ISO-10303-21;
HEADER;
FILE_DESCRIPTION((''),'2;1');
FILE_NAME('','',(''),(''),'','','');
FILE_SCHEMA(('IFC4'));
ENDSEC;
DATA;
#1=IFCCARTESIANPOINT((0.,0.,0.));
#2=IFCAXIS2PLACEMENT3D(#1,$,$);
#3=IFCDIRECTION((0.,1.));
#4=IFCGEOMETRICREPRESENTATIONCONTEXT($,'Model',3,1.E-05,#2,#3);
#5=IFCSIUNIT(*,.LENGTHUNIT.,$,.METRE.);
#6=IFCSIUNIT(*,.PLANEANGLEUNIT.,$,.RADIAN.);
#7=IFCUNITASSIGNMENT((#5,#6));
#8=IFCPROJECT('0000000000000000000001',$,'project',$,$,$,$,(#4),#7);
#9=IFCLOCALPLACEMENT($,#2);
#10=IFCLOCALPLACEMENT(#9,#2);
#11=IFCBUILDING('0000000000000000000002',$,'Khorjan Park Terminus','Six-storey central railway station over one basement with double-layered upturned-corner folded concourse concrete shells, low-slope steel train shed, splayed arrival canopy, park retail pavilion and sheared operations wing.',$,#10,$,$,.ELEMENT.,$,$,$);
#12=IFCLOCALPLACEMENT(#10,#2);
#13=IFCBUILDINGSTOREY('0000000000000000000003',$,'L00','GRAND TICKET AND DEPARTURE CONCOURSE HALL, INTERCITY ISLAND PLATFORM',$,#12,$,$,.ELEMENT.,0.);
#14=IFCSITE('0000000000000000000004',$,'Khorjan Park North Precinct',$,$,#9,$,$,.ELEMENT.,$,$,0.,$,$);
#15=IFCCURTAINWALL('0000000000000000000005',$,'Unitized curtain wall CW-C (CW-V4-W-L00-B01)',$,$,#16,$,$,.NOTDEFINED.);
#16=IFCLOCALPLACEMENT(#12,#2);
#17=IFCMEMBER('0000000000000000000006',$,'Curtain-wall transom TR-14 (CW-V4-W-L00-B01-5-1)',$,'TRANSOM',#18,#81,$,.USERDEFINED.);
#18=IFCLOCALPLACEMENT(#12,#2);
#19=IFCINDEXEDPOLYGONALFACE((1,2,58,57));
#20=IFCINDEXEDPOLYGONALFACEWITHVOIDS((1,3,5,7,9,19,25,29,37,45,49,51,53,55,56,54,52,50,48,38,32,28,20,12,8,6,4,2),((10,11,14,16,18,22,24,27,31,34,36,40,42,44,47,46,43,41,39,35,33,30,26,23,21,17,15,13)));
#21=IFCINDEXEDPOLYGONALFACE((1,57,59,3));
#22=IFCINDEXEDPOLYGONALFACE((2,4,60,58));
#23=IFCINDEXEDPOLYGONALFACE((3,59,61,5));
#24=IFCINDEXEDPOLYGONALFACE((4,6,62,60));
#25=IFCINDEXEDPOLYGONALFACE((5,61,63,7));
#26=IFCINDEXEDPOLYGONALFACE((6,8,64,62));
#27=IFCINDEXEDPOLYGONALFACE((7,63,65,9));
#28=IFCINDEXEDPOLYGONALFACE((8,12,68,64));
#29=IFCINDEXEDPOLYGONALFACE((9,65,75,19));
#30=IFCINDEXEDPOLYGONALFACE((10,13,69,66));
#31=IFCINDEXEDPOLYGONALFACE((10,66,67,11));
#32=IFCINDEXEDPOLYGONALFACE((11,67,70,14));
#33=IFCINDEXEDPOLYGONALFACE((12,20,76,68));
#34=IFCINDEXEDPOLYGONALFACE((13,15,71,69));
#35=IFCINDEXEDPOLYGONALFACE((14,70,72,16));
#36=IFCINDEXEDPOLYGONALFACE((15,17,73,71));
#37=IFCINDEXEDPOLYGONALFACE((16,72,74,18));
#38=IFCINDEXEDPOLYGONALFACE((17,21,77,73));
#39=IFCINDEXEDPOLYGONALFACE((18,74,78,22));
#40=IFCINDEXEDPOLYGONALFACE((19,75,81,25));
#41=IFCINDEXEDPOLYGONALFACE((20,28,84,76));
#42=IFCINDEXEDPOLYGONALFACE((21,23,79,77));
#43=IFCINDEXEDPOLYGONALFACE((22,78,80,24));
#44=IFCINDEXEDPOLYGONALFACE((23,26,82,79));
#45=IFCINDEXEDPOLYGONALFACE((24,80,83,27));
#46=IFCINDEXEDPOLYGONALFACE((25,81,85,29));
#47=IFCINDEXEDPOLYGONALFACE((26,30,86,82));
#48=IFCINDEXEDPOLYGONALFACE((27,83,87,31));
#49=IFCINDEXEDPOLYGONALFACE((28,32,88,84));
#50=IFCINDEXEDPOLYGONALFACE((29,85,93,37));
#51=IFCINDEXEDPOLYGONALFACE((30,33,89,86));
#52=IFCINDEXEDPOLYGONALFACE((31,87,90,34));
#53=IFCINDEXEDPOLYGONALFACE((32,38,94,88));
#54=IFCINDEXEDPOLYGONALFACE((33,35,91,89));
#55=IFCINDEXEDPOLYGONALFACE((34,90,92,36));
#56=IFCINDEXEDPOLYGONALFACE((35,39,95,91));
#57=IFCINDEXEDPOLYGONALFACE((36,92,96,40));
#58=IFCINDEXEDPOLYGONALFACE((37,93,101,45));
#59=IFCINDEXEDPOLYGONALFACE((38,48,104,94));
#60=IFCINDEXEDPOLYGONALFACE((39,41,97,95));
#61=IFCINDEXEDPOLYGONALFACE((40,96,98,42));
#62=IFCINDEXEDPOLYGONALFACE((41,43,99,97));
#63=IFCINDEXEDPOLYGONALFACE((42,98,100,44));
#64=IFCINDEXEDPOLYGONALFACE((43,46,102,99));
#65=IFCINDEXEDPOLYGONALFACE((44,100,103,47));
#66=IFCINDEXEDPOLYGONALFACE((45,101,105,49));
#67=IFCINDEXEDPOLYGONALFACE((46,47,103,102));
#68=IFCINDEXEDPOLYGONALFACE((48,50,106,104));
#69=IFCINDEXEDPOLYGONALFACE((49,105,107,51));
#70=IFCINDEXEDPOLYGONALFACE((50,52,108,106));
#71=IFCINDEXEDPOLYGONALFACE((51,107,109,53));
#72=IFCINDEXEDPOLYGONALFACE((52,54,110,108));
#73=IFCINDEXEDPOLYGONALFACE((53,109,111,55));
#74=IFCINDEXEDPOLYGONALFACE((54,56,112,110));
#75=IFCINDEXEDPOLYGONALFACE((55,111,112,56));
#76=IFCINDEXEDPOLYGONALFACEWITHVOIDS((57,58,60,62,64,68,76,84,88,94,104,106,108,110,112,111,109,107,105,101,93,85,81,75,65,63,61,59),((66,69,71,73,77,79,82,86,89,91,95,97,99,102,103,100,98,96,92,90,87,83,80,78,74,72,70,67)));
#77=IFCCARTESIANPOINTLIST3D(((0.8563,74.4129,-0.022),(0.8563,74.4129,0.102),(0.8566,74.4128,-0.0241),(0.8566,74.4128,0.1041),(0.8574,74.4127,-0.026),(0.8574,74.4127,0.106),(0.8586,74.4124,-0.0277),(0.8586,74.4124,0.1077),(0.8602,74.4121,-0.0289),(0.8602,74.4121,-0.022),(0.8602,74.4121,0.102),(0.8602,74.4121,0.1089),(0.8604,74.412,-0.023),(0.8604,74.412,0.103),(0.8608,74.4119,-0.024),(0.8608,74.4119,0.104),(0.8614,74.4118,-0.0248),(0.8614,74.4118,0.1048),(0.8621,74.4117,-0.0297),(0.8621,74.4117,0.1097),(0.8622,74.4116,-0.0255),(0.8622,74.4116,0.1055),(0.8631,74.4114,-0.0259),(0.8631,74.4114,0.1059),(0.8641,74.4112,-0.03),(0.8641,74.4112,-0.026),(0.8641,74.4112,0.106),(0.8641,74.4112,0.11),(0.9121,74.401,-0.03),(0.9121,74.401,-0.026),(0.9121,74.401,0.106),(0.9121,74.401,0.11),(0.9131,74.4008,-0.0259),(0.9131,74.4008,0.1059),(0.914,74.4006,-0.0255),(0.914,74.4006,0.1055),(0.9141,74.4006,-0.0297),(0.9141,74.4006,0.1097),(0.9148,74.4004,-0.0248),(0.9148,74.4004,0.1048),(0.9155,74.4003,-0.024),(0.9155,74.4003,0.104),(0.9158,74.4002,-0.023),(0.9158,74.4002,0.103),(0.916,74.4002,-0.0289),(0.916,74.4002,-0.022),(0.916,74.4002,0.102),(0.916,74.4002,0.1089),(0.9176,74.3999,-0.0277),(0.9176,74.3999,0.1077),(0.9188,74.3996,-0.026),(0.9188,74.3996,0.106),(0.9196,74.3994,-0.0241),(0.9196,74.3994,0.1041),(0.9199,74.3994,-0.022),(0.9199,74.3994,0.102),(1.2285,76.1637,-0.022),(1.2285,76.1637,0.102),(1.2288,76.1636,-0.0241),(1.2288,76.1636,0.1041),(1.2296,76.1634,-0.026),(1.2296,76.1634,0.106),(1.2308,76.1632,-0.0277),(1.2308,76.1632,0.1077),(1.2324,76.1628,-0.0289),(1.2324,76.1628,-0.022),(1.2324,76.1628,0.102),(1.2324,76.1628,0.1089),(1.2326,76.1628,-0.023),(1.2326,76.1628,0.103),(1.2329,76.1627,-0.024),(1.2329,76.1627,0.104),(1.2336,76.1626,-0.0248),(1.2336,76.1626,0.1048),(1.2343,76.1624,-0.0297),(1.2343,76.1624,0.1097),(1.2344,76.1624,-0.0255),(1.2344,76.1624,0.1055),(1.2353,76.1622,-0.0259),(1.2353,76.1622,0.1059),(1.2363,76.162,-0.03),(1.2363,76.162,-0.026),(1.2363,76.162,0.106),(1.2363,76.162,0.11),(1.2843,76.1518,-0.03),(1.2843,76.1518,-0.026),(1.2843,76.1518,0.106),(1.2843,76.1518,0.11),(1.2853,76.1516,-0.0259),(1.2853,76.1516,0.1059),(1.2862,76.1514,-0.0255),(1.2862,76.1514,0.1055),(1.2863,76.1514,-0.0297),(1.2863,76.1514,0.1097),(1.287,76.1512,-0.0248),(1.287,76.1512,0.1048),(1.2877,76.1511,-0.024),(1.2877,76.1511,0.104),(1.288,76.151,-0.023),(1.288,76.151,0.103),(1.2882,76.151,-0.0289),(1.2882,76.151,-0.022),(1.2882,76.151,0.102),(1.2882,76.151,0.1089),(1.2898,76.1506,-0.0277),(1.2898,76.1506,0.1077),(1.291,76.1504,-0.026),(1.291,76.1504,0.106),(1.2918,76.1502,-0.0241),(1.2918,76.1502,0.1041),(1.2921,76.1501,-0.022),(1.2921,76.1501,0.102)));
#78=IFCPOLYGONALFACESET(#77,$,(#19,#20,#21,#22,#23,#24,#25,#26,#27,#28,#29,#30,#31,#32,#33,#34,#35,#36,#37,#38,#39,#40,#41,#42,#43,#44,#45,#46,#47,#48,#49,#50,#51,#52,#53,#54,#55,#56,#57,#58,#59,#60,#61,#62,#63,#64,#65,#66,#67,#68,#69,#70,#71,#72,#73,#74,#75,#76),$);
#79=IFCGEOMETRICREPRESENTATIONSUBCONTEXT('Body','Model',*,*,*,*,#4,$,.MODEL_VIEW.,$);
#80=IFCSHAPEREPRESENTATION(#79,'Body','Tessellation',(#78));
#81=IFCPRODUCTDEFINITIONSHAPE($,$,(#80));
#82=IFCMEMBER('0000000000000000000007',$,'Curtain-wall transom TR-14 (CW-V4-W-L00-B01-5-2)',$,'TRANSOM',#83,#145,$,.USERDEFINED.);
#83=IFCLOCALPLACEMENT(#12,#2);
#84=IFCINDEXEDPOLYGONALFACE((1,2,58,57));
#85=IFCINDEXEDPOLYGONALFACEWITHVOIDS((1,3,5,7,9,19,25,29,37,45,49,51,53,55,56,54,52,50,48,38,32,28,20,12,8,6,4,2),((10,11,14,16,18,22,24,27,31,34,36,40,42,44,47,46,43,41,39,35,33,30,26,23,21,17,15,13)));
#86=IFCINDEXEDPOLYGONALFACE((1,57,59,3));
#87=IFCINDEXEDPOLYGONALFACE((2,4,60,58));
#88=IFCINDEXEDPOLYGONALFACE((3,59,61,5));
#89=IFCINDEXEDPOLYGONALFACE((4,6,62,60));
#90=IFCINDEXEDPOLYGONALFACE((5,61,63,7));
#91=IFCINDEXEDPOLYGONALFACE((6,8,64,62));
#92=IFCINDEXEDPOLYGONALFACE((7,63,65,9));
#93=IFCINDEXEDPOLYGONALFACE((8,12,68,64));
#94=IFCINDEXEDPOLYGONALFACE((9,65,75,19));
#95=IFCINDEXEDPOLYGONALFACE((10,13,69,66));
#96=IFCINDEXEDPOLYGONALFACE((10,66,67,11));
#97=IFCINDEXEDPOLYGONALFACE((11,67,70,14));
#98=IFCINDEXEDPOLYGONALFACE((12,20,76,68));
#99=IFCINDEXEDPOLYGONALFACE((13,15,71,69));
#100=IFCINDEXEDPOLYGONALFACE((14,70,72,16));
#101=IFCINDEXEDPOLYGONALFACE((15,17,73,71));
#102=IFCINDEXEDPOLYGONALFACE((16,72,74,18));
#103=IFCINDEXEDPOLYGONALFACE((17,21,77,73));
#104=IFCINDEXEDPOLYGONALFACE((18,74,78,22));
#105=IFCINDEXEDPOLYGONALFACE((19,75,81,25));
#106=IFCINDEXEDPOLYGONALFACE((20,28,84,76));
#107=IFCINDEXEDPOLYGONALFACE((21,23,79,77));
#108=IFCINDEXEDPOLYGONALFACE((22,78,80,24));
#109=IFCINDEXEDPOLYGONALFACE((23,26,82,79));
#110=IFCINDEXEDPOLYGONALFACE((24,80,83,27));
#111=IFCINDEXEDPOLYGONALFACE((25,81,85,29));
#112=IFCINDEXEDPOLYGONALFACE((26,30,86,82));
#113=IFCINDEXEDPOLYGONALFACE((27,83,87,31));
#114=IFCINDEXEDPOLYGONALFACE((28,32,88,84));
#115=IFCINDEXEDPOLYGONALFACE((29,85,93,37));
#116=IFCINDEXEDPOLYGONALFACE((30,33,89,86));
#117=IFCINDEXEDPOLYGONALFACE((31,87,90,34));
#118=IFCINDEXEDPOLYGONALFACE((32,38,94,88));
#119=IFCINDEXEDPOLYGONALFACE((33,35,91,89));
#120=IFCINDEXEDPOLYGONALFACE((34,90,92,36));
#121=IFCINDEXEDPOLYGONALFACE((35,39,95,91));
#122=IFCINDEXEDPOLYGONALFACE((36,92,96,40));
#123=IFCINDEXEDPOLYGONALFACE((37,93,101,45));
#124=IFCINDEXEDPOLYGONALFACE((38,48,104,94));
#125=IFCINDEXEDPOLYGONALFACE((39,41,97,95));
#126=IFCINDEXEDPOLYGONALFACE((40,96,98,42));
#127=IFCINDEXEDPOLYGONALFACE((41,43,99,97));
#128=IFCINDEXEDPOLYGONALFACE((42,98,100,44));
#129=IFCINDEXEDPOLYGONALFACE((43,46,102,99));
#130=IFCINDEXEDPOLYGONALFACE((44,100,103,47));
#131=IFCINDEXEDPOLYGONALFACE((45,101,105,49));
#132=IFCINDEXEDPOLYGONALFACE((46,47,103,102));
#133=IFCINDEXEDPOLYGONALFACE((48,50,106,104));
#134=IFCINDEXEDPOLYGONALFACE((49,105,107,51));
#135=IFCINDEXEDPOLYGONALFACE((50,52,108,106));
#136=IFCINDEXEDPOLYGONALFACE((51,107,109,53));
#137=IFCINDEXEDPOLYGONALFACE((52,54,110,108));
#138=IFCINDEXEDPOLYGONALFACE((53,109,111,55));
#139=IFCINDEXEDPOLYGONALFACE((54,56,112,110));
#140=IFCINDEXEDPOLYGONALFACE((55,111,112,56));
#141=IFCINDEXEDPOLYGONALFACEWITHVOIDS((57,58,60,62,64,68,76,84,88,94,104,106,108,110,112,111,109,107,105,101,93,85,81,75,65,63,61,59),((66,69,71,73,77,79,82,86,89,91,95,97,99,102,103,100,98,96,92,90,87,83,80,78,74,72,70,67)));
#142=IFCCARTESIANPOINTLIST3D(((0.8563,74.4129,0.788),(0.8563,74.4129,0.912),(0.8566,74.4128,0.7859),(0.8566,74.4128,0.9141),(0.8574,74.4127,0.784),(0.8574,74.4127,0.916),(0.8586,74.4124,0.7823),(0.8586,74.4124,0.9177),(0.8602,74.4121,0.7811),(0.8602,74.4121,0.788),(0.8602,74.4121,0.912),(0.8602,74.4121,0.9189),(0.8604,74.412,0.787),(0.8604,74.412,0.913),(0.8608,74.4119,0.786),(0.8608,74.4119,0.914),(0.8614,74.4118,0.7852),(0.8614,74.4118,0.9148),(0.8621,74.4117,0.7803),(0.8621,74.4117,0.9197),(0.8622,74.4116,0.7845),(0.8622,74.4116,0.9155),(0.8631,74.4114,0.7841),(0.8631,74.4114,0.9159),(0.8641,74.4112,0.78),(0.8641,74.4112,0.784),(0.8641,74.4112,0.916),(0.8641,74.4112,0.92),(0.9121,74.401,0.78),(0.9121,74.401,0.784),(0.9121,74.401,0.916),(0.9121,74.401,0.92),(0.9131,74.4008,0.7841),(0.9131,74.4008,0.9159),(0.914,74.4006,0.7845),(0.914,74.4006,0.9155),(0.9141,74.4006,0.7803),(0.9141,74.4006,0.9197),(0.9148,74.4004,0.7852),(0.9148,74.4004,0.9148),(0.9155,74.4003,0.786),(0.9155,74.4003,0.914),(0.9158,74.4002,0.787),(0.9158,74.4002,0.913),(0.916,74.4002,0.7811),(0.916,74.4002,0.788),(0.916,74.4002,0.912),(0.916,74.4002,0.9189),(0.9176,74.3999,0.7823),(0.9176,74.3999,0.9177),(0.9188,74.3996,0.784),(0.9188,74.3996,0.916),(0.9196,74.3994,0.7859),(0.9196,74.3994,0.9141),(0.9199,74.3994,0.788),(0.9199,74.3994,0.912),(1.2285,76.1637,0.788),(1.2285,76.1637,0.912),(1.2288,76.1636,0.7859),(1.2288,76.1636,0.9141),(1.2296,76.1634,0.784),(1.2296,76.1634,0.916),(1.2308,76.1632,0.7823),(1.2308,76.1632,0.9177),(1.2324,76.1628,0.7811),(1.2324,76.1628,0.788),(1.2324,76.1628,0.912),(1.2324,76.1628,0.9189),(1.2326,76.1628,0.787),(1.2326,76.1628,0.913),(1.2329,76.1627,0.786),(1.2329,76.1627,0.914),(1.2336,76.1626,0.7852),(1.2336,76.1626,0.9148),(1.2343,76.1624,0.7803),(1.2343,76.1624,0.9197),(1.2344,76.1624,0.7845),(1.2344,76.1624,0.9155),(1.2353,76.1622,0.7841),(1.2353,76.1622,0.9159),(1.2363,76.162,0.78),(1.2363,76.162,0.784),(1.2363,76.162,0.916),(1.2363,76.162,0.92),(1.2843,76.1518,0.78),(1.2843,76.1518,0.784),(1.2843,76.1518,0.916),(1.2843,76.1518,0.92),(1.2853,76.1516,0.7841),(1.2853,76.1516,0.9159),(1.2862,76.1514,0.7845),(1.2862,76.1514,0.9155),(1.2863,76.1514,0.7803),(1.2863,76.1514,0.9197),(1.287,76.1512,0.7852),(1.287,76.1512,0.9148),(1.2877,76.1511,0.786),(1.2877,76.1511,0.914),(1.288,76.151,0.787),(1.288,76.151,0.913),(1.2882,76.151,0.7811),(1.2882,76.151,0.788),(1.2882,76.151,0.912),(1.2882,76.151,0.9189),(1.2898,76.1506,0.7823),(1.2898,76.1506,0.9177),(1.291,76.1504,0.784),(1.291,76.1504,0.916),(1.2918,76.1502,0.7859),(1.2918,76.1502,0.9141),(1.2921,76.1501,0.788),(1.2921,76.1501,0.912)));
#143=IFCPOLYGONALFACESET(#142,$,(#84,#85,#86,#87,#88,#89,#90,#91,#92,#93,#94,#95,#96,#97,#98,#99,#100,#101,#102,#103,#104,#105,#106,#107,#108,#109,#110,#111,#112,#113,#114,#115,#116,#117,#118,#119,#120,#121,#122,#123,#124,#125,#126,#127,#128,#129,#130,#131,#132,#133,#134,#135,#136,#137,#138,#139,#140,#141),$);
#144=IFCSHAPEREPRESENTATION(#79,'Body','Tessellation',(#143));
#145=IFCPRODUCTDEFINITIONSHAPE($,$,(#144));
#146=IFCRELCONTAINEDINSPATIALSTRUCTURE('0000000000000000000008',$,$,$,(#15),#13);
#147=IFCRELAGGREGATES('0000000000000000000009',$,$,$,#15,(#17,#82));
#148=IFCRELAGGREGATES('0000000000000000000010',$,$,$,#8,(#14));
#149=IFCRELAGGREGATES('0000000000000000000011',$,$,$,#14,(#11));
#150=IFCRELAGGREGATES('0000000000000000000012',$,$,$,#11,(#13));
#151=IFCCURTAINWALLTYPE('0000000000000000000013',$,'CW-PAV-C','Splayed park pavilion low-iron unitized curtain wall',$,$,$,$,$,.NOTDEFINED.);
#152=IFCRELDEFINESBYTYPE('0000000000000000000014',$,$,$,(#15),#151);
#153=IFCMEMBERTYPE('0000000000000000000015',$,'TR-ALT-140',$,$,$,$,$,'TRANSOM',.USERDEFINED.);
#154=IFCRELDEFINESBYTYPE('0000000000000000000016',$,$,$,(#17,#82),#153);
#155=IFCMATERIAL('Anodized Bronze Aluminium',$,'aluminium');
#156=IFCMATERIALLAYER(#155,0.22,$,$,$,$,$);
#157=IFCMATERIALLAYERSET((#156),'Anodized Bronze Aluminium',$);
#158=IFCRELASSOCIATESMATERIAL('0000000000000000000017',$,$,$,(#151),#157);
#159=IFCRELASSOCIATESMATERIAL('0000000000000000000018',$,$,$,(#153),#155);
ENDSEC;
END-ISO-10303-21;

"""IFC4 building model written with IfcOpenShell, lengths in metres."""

from ifc_helpers import new_model, si_unit, direction, frame, origin, origin_2d, place, context, subcontext, project, spatial, hollow_rectangle, extrude, material, layer, layer_set, material_profile, profile_set, type_object, element, aggregate, save


model = new_model("IFC4")

# Units and contexts
model_context = context("Model", 3, precision=1e-05, world=origin(), true_north=direction((0.0, 1.0)))
body_context = subcontext(model_context, "Body", "Model", "MODEL_VIEW")
ifc_project = project(units=[si_unit("LENGTHUNIT", "METRE"), si_unit("PLANEANGLEUNIT", "RADIAN")], contexts=[model_context])

# Site, building, storey
site_placement = place(None, origin())
site = spatial("IfcSite", under=ifc_project, at=site_placement, Name="Khorjan Park North Precinct", CompositionType="ELEMENT", RefElevation=0.0)
building_placement = place(site_placement, origin())
building = spatial("IfcBuilding", under=site, at=building_placement, Name="Khorjan Park Terminus", Description="Six-storey central railway station over one basement with double-layered upturned-corner folded concourse concrete shells, low-slope steel train shed, splayed arrival canopy, park retail pavilion and sheared operations wing.", CompositionType="ELEMENT")
storey_placement = place(building_placement, origin())
storey = spatial("IfcBuildingStorey", under=building, at=storey_placement, Name="L00", Description="GRAND TICKET AND DEPARTURE CONCOURSE HALL, INTERCITY ISLAND PLATFORM", CompositionType="ELEMENT", Elevation=0.0)

# Curtain wall, members
ifc_material_1 = material(Name="Anodized Bronze Aluminium", Category="aluminium")
ifc_layer_1 = layer(ifc_material_1, 0.22)
ifc_layer_set_1 = layer_set([ifc_layer_1], Name="Anodized Bronze Aluminium")
curtain_wall_type = type_object("IfcCurtainWallType", Name="CW-PAV-C", Description="Splayed park pavilion low-iron unitized curtain wall", PredefinedType="NOTDEFINED", material=ifc_layer_set_1)
curtain_wall_placement = place(storey_placement, origin())
curtain_wall = element("IfcCurtainWall", 1, at=curtain_wall_placement, inside=storey, type_object=curtain_wall_type, Name="Unitized curtain wall CW-C (CW-V4-W-L00-B01)", PredefinedType="NOTDEFINED")
ifc_material_profile_1 = material_profile(ifc_material_1, hollow_rectangle(XDim=0.065, YDim=0.14, WallThickness=0.004, InnerFilletRadius=0.004, OuterFilletRadius=0.008, at=origin_2d()), Name="ALT 65x140x4")
ifc_profile_set_1 = profile_set([ifc_material_profile_1], Name="Anodized Bronze Aluminium")
member_type_1 = type_object("IfcMemberType", Name="TR-ALT-140", ElementType="TRANSOM", PredefinedType="USERDEFINED", material=ifc_profile_set_1)
member_1_placement = place(storey_placement, frame((1.2603, 76.1569, 0.04), z_axis=(-0.207942, -0.978141, 0.0), x_axis=(0.978141, -0.207942, 0.0)))
member_1 = element("IfcMember", 2, at=member_1_placement, type_object=member_type_1, Name="Curtain-wall transom TR-14 (CW-V4-W-L00-B01-5-1)", ObjectType="TRANSOM", PredefinedType="USERDEFINED", context=body_context, shape_type="SweptSolid", body=[
    extrude(hollow_rectangle(XDim=0.065, YDim=0.14, WallThickness=0.004, InnerFilletRadius=0.004, OuterFilletRadius=0.008, at=origin_2d()), origin(), (0.0, 0.0, 1.0), 1.7899),
])
member_2_placement = place(storey_placement, frame((1.2603, 76.1569, 0.85), z_axis=(-0.207942, -0.978141, 0.0), x_axis=(0.978141, -0.207942, 0.0)))
member_2 = element("IfcMember", 3, at=member_2_placement, type_object=member_type_1, Name="Curtain-wall transom TR-14 (CW-V4-W-L00-B01-5-2)", ObjectType="TRANSOM", PredefinedType="USERDEFINED", context=body_context, shape_type="SweptSolid", body=[
    extrude(hollow_rectangle(XDim=0.065, YDim=0.14, WallThickness=0.004, InnerFilletRadius=0.004, OuterFilletRadius=0.008, at=origin_2d()), origin(), (0.0, 0.0, 1.0), 1.7899),
])
aggregate(curtain_wall, [member_1, member_2])

save(model, "model.ifc")
